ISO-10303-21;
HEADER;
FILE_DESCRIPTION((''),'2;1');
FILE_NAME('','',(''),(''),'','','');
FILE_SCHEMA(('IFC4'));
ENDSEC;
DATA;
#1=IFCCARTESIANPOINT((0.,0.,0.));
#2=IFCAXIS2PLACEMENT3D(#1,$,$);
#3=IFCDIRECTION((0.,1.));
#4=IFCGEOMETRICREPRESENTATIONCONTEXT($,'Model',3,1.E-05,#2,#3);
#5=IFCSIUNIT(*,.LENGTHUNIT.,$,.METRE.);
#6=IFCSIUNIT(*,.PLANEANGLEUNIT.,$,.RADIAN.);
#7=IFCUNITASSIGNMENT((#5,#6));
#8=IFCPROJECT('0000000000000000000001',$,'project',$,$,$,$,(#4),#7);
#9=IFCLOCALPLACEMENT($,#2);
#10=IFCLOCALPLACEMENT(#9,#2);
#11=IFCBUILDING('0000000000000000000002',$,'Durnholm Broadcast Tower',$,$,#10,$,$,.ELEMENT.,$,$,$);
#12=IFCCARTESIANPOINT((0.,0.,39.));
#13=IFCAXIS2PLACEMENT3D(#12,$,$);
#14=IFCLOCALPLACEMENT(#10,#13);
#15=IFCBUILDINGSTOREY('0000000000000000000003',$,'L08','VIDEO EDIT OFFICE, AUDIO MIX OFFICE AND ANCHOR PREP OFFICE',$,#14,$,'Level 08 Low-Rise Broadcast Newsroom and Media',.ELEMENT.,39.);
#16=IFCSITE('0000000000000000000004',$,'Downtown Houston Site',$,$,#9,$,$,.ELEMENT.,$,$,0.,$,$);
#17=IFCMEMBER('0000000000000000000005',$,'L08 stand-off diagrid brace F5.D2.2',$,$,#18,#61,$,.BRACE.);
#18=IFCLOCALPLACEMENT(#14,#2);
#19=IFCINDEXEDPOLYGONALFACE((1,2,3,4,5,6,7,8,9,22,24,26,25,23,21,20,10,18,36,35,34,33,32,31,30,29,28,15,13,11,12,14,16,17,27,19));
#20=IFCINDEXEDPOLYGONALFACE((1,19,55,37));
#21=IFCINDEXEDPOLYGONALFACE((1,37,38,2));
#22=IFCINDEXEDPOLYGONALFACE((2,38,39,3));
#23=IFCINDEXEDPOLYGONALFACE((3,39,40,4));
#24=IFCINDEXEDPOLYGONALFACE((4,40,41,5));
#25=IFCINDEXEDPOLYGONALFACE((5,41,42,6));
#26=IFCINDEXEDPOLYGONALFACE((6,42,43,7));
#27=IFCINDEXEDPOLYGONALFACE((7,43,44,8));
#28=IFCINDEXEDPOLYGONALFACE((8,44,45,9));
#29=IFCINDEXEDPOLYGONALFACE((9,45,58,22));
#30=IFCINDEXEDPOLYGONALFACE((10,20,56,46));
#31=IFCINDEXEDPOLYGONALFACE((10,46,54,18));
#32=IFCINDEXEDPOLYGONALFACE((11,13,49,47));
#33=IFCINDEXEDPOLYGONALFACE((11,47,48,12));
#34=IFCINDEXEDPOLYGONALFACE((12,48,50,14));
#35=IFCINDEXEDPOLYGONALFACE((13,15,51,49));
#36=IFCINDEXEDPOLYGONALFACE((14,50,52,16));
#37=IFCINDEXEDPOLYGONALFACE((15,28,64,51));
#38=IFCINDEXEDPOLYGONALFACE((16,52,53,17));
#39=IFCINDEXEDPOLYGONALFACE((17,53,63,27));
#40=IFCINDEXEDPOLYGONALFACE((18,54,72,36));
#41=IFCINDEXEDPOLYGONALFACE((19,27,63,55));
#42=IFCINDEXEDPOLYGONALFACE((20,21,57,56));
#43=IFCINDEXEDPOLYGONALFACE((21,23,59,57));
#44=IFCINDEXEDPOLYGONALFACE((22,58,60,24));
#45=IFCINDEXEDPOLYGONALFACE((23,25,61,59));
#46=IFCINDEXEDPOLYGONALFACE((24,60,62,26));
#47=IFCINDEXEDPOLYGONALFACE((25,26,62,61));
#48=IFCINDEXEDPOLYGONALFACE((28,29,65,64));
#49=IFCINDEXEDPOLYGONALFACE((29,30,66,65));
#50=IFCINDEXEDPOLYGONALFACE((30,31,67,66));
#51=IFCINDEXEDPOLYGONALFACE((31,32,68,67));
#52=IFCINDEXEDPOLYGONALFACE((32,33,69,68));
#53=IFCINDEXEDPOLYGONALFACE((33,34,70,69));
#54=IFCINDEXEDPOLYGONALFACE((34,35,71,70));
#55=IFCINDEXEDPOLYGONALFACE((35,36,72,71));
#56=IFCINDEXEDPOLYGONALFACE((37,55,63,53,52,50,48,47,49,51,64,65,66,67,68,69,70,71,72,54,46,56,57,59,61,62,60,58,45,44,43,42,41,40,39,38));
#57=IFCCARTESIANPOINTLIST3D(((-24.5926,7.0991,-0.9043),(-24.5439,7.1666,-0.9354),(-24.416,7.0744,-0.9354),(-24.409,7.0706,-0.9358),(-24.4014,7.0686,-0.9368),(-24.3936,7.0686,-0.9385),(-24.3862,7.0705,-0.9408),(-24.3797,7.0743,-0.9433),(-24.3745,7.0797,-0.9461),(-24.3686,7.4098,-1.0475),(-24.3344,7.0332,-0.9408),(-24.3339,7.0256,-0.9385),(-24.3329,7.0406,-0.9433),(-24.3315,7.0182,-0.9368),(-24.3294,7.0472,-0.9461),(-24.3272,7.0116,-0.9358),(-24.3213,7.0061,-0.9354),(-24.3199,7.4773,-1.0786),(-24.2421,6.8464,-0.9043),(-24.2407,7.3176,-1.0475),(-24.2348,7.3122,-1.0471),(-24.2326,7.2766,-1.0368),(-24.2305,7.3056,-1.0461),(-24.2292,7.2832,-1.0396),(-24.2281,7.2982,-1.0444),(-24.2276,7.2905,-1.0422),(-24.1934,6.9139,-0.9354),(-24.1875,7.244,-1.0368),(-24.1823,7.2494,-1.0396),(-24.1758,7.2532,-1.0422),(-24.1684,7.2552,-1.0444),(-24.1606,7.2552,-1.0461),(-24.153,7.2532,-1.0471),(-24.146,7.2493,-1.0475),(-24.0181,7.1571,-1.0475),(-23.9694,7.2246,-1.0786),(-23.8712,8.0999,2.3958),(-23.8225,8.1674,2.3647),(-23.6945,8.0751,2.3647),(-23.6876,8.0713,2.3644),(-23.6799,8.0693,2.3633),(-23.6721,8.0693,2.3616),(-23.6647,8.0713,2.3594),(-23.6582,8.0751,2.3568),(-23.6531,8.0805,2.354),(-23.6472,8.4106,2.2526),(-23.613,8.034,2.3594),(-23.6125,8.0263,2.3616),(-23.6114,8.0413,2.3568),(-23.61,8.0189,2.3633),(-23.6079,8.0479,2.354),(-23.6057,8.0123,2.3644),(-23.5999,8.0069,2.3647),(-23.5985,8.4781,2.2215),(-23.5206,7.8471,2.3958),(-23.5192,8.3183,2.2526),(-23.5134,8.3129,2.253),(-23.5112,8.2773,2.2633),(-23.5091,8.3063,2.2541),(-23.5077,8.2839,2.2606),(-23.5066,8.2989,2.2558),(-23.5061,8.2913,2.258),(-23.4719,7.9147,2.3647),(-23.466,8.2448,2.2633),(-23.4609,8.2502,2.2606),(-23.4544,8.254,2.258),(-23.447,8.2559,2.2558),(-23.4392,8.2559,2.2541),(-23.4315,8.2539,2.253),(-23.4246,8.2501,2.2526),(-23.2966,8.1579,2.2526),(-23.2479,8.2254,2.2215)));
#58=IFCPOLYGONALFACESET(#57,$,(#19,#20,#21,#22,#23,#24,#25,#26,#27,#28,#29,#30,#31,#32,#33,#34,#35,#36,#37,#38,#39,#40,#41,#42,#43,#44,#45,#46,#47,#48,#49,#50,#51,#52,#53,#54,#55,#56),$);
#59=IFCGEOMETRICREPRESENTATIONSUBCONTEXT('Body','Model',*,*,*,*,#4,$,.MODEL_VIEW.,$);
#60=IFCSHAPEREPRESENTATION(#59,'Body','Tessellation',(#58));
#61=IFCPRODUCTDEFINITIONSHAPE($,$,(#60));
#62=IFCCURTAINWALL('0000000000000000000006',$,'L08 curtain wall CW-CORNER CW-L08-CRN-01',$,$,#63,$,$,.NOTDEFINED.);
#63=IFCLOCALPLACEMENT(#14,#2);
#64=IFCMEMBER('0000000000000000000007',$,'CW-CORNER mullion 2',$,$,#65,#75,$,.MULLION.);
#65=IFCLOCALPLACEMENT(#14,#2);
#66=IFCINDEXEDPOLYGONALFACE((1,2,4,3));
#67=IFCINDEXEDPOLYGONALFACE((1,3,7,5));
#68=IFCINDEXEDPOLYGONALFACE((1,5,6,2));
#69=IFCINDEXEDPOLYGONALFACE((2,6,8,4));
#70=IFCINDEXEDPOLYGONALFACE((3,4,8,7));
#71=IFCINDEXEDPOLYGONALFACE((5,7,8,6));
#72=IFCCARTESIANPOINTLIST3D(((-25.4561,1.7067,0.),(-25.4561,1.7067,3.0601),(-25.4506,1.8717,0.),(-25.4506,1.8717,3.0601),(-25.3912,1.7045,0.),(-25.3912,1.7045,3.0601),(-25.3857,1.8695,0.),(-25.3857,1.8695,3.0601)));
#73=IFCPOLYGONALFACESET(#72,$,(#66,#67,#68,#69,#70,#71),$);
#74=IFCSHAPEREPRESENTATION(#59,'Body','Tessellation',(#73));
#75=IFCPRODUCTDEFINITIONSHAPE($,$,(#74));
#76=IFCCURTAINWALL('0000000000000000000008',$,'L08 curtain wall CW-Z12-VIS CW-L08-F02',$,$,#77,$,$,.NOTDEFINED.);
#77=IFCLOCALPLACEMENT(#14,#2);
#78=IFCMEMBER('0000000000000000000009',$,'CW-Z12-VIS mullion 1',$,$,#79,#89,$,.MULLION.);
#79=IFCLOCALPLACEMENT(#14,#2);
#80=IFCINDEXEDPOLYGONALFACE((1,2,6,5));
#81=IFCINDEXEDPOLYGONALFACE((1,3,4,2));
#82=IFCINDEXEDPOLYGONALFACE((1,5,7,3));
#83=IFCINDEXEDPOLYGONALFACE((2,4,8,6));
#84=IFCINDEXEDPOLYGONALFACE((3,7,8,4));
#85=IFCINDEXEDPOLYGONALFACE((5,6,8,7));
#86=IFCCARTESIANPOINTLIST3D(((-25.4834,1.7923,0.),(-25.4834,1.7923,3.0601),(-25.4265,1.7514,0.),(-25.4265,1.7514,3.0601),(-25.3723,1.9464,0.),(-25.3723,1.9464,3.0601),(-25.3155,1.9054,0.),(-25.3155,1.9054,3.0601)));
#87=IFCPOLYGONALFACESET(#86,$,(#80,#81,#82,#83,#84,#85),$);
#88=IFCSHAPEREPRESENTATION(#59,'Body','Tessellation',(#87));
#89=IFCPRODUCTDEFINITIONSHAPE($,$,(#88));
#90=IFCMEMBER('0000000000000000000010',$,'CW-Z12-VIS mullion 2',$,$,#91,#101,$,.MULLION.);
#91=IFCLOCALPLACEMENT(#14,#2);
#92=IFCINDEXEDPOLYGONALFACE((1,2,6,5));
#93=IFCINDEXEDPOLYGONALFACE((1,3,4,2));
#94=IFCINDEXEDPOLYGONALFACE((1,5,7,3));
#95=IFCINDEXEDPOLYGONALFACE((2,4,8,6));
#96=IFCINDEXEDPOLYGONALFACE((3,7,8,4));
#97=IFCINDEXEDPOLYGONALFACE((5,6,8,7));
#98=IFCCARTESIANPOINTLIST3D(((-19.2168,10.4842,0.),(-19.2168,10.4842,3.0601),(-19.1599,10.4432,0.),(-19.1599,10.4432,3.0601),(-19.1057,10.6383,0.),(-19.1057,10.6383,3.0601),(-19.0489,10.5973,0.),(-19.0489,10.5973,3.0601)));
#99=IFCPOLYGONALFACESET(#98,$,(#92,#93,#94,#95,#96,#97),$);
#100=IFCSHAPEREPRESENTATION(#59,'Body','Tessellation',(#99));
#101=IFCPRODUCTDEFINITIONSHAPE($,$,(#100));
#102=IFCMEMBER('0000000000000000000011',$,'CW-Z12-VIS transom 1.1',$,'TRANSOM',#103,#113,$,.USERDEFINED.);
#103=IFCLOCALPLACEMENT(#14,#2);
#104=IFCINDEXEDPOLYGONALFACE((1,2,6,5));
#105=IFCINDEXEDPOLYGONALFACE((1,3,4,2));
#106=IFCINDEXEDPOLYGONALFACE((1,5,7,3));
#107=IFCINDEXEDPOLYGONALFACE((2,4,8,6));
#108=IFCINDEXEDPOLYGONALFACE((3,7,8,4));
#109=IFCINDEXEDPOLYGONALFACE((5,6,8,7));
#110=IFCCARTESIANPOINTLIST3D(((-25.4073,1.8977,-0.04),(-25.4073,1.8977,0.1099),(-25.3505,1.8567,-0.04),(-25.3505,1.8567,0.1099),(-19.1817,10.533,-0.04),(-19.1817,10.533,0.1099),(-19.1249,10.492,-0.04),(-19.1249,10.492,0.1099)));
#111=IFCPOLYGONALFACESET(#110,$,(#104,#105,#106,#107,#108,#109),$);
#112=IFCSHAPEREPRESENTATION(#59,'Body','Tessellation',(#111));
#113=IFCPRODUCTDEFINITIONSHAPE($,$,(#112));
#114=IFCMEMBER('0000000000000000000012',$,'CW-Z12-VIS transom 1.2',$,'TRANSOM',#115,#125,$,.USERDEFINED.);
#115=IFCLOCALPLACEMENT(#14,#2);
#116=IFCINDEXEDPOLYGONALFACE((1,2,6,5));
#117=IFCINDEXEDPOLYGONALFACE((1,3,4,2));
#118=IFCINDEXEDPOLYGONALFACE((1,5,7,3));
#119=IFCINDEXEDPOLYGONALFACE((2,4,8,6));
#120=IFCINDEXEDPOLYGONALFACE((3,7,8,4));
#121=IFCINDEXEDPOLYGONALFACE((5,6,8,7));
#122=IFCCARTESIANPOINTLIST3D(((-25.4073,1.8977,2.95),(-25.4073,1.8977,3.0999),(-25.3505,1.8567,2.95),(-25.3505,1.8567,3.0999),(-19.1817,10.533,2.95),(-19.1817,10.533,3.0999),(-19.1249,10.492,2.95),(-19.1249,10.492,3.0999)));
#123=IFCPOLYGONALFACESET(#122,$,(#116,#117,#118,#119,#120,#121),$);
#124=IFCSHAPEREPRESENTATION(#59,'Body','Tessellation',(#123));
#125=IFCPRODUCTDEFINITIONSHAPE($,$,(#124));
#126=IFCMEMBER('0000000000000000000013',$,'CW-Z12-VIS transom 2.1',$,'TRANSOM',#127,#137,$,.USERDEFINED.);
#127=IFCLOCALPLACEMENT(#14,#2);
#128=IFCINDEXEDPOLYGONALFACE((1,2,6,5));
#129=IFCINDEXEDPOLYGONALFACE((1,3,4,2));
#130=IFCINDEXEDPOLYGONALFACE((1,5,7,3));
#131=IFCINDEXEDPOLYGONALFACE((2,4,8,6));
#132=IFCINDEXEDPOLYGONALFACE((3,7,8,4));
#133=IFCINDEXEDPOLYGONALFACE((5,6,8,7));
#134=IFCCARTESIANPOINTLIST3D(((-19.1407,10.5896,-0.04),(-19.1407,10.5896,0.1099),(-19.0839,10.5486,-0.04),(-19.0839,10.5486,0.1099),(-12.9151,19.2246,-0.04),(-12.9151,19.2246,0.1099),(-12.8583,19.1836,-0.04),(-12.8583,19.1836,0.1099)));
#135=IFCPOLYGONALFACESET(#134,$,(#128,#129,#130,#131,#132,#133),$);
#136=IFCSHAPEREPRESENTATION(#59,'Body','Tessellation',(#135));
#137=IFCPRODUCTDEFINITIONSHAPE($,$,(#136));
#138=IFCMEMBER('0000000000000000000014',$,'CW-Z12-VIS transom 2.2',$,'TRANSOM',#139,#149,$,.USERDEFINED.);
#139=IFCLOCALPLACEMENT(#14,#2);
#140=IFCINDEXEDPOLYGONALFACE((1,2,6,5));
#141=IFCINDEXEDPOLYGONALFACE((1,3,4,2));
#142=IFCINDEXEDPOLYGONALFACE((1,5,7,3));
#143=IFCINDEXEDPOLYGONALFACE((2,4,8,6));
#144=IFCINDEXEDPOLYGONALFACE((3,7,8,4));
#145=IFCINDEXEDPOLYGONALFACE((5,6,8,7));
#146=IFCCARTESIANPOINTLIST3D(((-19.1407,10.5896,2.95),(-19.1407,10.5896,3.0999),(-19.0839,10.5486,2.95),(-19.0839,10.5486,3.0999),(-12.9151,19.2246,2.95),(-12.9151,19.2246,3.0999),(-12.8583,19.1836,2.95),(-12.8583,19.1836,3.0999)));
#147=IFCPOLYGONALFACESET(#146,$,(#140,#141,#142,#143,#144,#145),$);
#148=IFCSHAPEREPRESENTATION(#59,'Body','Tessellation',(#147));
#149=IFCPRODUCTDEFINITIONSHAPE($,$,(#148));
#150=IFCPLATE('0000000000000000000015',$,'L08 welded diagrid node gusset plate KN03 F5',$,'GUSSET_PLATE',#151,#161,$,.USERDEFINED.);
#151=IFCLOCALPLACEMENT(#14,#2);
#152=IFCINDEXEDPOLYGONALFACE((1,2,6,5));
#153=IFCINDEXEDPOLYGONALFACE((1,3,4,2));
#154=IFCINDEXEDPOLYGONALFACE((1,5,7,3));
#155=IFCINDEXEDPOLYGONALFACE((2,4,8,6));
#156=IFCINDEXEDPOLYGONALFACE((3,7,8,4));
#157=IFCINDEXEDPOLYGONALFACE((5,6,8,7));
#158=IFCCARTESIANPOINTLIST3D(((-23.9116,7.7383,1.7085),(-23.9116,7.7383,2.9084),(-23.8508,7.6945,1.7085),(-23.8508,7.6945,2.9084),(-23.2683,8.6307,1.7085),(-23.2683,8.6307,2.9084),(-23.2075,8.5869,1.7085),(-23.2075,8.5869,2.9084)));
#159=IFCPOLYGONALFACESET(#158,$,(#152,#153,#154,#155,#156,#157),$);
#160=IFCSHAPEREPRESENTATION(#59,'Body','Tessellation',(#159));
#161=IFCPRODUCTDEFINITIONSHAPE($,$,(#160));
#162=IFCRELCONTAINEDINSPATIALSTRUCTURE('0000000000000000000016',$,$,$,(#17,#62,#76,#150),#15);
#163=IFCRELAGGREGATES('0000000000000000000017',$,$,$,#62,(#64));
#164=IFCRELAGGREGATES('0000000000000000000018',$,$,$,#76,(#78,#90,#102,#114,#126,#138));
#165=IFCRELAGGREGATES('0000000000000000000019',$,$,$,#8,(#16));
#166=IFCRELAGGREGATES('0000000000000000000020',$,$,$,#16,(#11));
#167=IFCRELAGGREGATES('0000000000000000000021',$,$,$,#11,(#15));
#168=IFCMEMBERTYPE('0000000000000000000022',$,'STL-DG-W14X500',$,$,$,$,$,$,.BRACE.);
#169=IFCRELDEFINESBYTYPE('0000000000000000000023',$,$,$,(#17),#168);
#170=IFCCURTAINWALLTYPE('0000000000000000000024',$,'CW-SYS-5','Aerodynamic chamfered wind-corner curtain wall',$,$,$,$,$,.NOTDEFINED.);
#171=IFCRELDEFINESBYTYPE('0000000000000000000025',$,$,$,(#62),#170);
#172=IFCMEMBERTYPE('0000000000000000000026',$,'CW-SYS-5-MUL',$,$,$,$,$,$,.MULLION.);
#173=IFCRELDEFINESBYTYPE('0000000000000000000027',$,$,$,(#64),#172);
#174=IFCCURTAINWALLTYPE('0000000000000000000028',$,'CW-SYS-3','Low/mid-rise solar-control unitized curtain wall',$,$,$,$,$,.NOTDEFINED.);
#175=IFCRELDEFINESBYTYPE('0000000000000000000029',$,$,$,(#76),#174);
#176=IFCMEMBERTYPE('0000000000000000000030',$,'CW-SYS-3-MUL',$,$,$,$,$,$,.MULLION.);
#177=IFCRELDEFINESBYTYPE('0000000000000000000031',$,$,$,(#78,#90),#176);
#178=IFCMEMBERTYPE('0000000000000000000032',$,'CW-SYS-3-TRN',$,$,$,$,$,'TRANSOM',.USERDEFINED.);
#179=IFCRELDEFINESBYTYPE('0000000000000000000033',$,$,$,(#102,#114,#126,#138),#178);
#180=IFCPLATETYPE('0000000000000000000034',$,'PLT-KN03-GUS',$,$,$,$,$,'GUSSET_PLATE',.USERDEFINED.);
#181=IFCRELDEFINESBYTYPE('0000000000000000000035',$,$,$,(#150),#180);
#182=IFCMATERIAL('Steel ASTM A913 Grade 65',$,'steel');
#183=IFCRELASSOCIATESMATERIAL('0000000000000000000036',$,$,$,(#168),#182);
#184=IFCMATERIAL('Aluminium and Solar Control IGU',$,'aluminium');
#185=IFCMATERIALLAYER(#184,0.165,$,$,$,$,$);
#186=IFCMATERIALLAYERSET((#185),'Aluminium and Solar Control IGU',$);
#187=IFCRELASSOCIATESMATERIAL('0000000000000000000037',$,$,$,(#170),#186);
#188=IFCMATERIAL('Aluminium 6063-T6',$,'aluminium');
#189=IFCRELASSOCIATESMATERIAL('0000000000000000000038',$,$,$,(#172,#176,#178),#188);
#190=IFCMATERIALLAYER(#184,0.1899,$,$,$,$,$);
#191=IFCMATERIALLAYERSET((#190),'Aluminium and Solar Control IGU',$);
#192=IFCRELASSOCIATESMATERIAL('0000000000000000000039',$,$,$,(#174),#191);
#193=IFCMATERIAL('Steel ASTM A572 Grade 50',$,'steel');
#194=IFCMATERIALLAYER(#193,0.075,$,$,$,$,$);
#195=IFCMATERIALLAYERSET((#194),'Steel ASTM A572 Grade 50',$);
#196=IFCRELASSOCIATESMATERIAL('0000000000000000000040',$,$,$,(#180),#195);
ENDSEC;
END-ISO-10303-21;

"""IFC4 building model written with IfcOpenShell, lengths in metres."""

from ifc_helpers import new_model, si_unit, direction, frame, origin, origin_2d, place, context, subcontext, project, spatial, rectangle, i_section, extrude, source, transform, mapped, material, layer, layer_set, material_profile, profile_set, type_object, type_shapes, element, aggregate, save


model = new_model("IFC4")

# Units and contexts
model_context = context("Model", 3, precision=1e-05, world=origin(), true_north=direction((0.0, 1.0)))
body_context = subcontext(model_context, "Body", "Model", "MODEL_VIEW")
ifc_project = project(units=[si_unit("LENGTHUNIT", "METRE"), si_unit("PLANEANGLEUNIT", "RADIAN")], contexts=[model_context])

# Site, building, storey
site_placement = place(None, origin())
site = spatial("IfcSite", under=ifc_project, at=site_placement, Name="Downtown Houston Site", CompositionType="ELEMENT", RefElevation=0.0)
building_placement = place(site_placement, origin())
building = spatial("IfcBuilding", under=site, at=building_placement, Name="Durnholm Broadcast Tower", CompositionType="ELEMENT")
storey_placement = place(building_placement, frame((0.0, 0.0, 39.0)))
storey = spatial("IfcBuildingStorey", under=building, at=storey_placement, Name="L08", Description="VIDEO EDIT OFFICE, AUDIO MIX OFFICE AND ANCHOR PREP OFFICE", LongName="Level 08 Low-Rise Broadcast Newsroom and Media", CompositionType="ELEMENT", Elevation=39.0)

# Member
ifc_material_1 = material(Name="Steel ASTM A913 Grade 65", Category="steel")
ifc_material_profile_1 = material_profile(ifc_material_1, i_section(OverallWidth=0.4321, OverallDepth=0.4978, WebThickness=0.0557, FlangeThickness=0.0889, FilletRadius=0.0305, at=origin_2d()), Name="W14X500")
ifc_profile_set_1 = profile_set([ifc_material_profile_1], Name="Steel ASTM A913 Grade 65")
member_type_1 = type_object("IfcMemberType", Name="STL-DG-W14X500", PredefinedType="BRACE", material=ifc_profile_set_1)
shared_shape_1 = source(origin(), body_context, "Body", "SweptSolid", [
    extrude(i_section(OverallWidth=0.4321, OverallDepth=0.4978, WebThickness=0.0557, FlangeThickness=0.0889, FilletRadius=0.0305, at=origin_2d()), origin(), (0.0, 0.0, 1.0), 3.5232),
])
type_shapes(member_type_1, [shared_shape_1])
for number, where, z_axis, x_axis, name in (
    (1, (-24.281, 7.1619, -0.9915), (0.204773, 0.284049, 0.936688), (-0.811185, 0.584789, 0.0), "L08 stand-off diagrid brace F5.D2.2"),
):
    element("IfcMember", number, at=place(storey_placement, frame(where, z_axis=z_axis, x_axis=x_axis)), inside=storey, type_object=member_type_1, Name=name, PredefinedType="BRACE", context=body_context, shape_type="MappedRepresentation", body=[
        mapped(shared_shape_1, transform((0.0, 0.0, 0.0), x_axis=(1.0, 0.0, 0.0), y_axis=(0.0, 1.0, 0.0), z_axis=(0.0, 0.0, 1.0), scale=1.0)),
    ])

# Curtain wall, member
ifc_material_2 = material(Name="Aluminium and Solar Control IGU", Category="aluminium")
ifc_layer_1 = layer(ifc_material_2, 0.165)
ifc_layer_set_1 = layer_set([ifc_layer_1], Name="Aluminium and Solar Control IGU")
curtain_wall_type_1 = type_object("IfcCurtainWallType", Name="CW-SYS-5", Description="Aerodynamic chamfered wind-corner curtain wall", PredefinedType="NOTDEFINED", material=ifc_layer_set_1)
curtain_wall_1_placement = place(storey_placement, origin())
curtain_wall_1 = element("IfcCurtainWall", 2, at=curtain_wall_1_placement, inside=storey, type_object=curtain_wall_type_1, Name="L08 curtain wall CW-CORNER CW-L08-CRN-01", PredefinedType="NOTDEFINED")
ifc_material_3 = material(Name="Aluminium 6063-T6", Category="aluminium")
ifc_material_profile_2 = material_profile(ifc_material_3, rectangle(XDim=0.0649, YDim=0.165, at=origin_2d()), Name="CWM65X165")
ifc_profile_set_2 = profile_set([ifc_material_profile_2], Name="Aluminium 6063-T6")
member_type_2 = type_object("IfcMemberType", Name="CW-SYS-5-MUL", PredefinedType="MULLION", material=ifc_profile_set_2)
shared_shape_2 = source(origin(), body_context, "Body", "SweptSolid", [
    extrude(rectangle(XDim=0.0649, YDim=0.165, at=origin_2d()), origin(), (0.0, 0.0, 1.0), 3.0601),
])
type_shapes(member_type_2, [shared_shape_2])
member_1_placement = place(storey_placement, frame((-25.4209, 1.7881, 0.0), z_axis=(0.0, 0.0, 1.0), x_axis=(-0.999427, 0.03384, 0.0)))
member_1 = element("IfcMember", 3, at=member_1_placement, type_object=member_type_2, Name="CW-CORNER mullion 2", PredefinedType="MULLION", context=body_context, shape_type="MappedRepresentation", body=[
    mapped(shared_shape_2, transform((0.0, 0.0, 0.0), x_axis=(1.0, 0.0, 0.0), y_axis=(0.0, 1.0, 0.0), z_axis=(0.0, 0.0, 1.0), scale=1.0)),
])

# Curtain wall, members
ifc_layer_2 = layer(ifc_material_2, 0.1899)
ifc_layer_set_2 = layer_set([ifc_layer_2], Name="Aluminium and Solar Control IGU")
curtain_wall_type_2 = type_object("IfcCurtainWallType", Name="CW-SYS-3", Description="Low/mid-rise solar-control unitized curtain wall", PredefinedType="NOTDEFINED", material=ifc_layer_set_2)
curtain_wall_2_placement = place(storey_placement, origin())
curtain_wall_2 = element("IfcCurtainWall", 4, at=curtain_wall_2_placement, inside=storey, type_object=curtain_wall_type_2, Name="L08 curtain wall CW-Z12-VIS CW-L08-F02", PredefinedType="NOTDEFINED")
ifc_material_profile_3 = material_profile(ifc_material_3, rectangle(XDim=0.0701, YDim=0.1899, at=origin_2d()), Name="CWM70X190")
ifc_profile_set_3 = profile_set([ifc_material_profile_3], Name="Aluminium 6063-T6")
member_type_3 = type_object("IfcMemberType", Name="CW-SYS-3-MUL", PredefinedType="MULLION", material=ifc_profile_set_3)
shared_shape_3 = source(origin(), body_context, "Body", "SweptSolid", [
    extrude(rectangle(XDim=0.0701, YDim=0.1899, at=origin_2d()), origin(), (0.0, 0.0, 1.0), 3.0601),
])
type_shapes(member_type_3, [shared_shape_3])
member_2_placement = place(storey_placement, frame((-25.3994, 1.8489, 0.0), z_axis=(0.0, 0.0, 1.0), x_axis=(-0.811161, 0.584823, 0.0)))
member_2 = element("IfcMember", 5, at=member_2_placement, type_object=member_type_3, Name="CW-Z12-VIS mullion 1", PredefinedType="MULLION", context=body_context, shape_type="MappedRepresentation", body=[
    mapped(shared_shape_3, transform((0.0, 0.0, 0.0), x_axis=(1.0, 0.0, 0.0), y_axis=(0.0, 1.0, 0.0), z_axis=(0.0, 0.0, 1.0), scale=1.0)),
])
member_3_placement = place(storey_placement, frame((-19.1328, 10.5408, 0.0), z_axis=(0.0, 0.0, 1.0), x_axis=(-0.811161, 0.584823, 0.0)))
member_3 = element("IfcMember", 6, at=member_3_placement, type_object=member_type_3, Name="CW-Z12-VIS mullion 2", PredefinedType="MULLION", context=body_context, shape_type="MappedRepresentation", body=[
    mapped(shared_shape_3, transform((0.0, 0.0, 0.0), x_axis=(1.0, 0.0, 0.0), y_axis=(0.0, 1.0, 0.0), z_axis=(0.0, 0.0, 1.0), scale=1.0)),
])
ifc_material_profile_4 = material_profile(ifc_material_3, rectangle(XDim=0.0701, YDim=0.1499, at=origin_2d()), Name="CWT70X150")
ifc_profile_set_4 = profile_set([ifc_material_profile_4], Name="Aluminium 6063-T6")
member_type_4 = type_object("IfcMemberType", Name="CW-SYS-3-TRN", ElementType="TRANSOM", PredefinedType="USERDEFINED", material=ifc_profile_set_4)
shared_shape_4 = source(origin(), body_context, "Body", "SweptSolid", [
    extrude(rectangle(XDim=0.0701, YDim=0.1499, at=origin_2d()), origin(), (0.0, 0.0, 1.0), 10.6455),
])
member_4_placement = place(storey_placement, frame((-25.3789, 1.8772, 0.0349), z_axis=(0.584812, 0.811169, 0.0), x_axis=(-0.811169, 0.584812, 0.0)))
member_4 = element("IfcMember", 7, at=member_4_placement, type_object=member_type_4, Name="CW-Z12-VIS transom 1.1", ObjectType="TRANSOM", PredefinedType="USERDEFINED", context=body_context, shape_type="MappedRepresentation", body=[
    mapped(shared_shape_4, transform((0.0, 0.0, 0.0), x_axis=(1.0, 0.0, 0.0), y_axis=(0.0, 1.0, 0.0), z_axis=(0.0, 0.0, 1.0), scale=1.0)),
])
member_5_placement = place(storey_placement, frame((-25.3789, 1.8772, 3.0249), z_axis=(0.584812, 0.811169, 0.0), x_axis=(-0.811169, 0.584812, 0.0)))
member_5 = element("IfcMember", 8, at=member_5_placement, type_object=member_type_4, Name="CW-Z12-VIS transom 1.2", ObjectType="TRANSOM", PredefinedType="USERDEFINED", context=body_context, shape_type="MappedRepresentation", body=[
    mapped(shared_shape_4, transform((0.0, 0.0, 0.0), x_axis=(1.0, 0.0, 0.0), y_axis=(0.0, 1.0, 0.0), z_axis=(0.0, 0.0, 1.0), scale=1.0)),
])
shared_shape_5 = source(origin(), body_context, "Body", "SweptSolid", [
    extrude(rectangle(XDim=0.0701, YDim=0.1499, at=origin_2d()), origin(), (0.0, 0.0, 1.0), 10.6453),
])
type_shapes(member_type_4, [shared_shape_4, shared_shape_5])
member_6_placement = place(storey_placement, frame((-19.1123, 10.5691, 0.0349), z_axis=(0.584823, 0.811161, 0.0), x_axis=(-0.811161, 0.584823, 0.0)))
member_6 = element("IfcMember", 9, at=member_6_placement, type_object=member_type_4, Name="CW-Z12-VIS transom 2.1", ObjectType="TRANSOM", PredefinedType="USERDEFINED", context=body_context, shape_type="MappedRepresentation", body=[
    mapped(shared_shape_5, transform((0.0, 0.0, 0.0), x_axis=(1.0, 0.0, 0.0), y_axis=(0.0, 1.0, 0.0), z_axis=(0.0, 0.0, 1.0), scale=1.0)),
])
member_7_placement = place(storey_placement, frame((-19.1123, 10.5691, 3.0249), z_axis=(0.584823, 0.811161, 0.0), x_axis=(-0.811161, 0.584823, 0.0)))
member_7 = element("IfcMember", 10, at=member_7_placement, type_object=member_type_4, Name="CW-Z12-VIS transom 2.2", ObjectType="TRANSOM", PredefinedType="USERDEFINED", context=body_context, shape_type="MappedRepresentation", body=[
    mapped(shared_shape_5, transform((0.0, 0.0, 0.0), x_axis=(1.0, 0.0, 0.0), y_axis=(0.0, 1.0, 0.0), z_axis=(0.0, 0.0, 1.0), scale=1.0)),
])

# Plate
ifc_material_4 = material(Name="Steel ASTM A572 Grade 50", Category="steel")
ifc_layer_3 = layer(ifc_material_4, 0.075)
ifc_layer_set_3 = layer_set([ifc_layer_3], Name="Steel ASTM A572 Grade 50")
plate_type_1 = type_object("IfcPlateType", Name="PLT-KN03-GUS", ElementType="GUSSET_PLATE", PredefinedType="USERDEFINED", material=ifc_layer_set_3)
shared_shape_6 = source(origin(), body_context, "Body", "SweptSolid", [
    extrude(rectangle(XDim=1.1001, YDim=0.075, at=origin_2d()), origin(), (0.0, 0.0, 1.0), 1.2),
])
type_shapes(plate_type_1, [shared_shape_6])
plate_1_placement = place(storey_placement, frame((-23.5596, 8.1626, 1.7085), z_axis=(0.0, 0.0, 1.0), x_axis=(-0.584816, -0.811166, 0.0)))
element("IfcPlate", 11, at=plate_1_placement, inside=storey, type_object=plate_type_1, Name="L08 welded diagrid node gusset plate KN03 F5", ObjectType="GUSSET_PLATE", PredefinedType="USERDEFINED", context=body_context, shape_type="MappedRepresentation", body=[
    mapped(shared_shape_6, transform((0.0, 0.0, 0.0), x_axis=(1.0, 0.0, 0.0), y_axis=(0.0, 1.0, 0.0), z_axis=(0.0, 0.0, 1.0), scale=1.0)),
])
aggregate(curtain_wall_1, [member_1])
aggregate(curtain_wall_2, [member_2, member_3, member_4, member_5, member_6, member_7])

save(model, "model.ifc")
